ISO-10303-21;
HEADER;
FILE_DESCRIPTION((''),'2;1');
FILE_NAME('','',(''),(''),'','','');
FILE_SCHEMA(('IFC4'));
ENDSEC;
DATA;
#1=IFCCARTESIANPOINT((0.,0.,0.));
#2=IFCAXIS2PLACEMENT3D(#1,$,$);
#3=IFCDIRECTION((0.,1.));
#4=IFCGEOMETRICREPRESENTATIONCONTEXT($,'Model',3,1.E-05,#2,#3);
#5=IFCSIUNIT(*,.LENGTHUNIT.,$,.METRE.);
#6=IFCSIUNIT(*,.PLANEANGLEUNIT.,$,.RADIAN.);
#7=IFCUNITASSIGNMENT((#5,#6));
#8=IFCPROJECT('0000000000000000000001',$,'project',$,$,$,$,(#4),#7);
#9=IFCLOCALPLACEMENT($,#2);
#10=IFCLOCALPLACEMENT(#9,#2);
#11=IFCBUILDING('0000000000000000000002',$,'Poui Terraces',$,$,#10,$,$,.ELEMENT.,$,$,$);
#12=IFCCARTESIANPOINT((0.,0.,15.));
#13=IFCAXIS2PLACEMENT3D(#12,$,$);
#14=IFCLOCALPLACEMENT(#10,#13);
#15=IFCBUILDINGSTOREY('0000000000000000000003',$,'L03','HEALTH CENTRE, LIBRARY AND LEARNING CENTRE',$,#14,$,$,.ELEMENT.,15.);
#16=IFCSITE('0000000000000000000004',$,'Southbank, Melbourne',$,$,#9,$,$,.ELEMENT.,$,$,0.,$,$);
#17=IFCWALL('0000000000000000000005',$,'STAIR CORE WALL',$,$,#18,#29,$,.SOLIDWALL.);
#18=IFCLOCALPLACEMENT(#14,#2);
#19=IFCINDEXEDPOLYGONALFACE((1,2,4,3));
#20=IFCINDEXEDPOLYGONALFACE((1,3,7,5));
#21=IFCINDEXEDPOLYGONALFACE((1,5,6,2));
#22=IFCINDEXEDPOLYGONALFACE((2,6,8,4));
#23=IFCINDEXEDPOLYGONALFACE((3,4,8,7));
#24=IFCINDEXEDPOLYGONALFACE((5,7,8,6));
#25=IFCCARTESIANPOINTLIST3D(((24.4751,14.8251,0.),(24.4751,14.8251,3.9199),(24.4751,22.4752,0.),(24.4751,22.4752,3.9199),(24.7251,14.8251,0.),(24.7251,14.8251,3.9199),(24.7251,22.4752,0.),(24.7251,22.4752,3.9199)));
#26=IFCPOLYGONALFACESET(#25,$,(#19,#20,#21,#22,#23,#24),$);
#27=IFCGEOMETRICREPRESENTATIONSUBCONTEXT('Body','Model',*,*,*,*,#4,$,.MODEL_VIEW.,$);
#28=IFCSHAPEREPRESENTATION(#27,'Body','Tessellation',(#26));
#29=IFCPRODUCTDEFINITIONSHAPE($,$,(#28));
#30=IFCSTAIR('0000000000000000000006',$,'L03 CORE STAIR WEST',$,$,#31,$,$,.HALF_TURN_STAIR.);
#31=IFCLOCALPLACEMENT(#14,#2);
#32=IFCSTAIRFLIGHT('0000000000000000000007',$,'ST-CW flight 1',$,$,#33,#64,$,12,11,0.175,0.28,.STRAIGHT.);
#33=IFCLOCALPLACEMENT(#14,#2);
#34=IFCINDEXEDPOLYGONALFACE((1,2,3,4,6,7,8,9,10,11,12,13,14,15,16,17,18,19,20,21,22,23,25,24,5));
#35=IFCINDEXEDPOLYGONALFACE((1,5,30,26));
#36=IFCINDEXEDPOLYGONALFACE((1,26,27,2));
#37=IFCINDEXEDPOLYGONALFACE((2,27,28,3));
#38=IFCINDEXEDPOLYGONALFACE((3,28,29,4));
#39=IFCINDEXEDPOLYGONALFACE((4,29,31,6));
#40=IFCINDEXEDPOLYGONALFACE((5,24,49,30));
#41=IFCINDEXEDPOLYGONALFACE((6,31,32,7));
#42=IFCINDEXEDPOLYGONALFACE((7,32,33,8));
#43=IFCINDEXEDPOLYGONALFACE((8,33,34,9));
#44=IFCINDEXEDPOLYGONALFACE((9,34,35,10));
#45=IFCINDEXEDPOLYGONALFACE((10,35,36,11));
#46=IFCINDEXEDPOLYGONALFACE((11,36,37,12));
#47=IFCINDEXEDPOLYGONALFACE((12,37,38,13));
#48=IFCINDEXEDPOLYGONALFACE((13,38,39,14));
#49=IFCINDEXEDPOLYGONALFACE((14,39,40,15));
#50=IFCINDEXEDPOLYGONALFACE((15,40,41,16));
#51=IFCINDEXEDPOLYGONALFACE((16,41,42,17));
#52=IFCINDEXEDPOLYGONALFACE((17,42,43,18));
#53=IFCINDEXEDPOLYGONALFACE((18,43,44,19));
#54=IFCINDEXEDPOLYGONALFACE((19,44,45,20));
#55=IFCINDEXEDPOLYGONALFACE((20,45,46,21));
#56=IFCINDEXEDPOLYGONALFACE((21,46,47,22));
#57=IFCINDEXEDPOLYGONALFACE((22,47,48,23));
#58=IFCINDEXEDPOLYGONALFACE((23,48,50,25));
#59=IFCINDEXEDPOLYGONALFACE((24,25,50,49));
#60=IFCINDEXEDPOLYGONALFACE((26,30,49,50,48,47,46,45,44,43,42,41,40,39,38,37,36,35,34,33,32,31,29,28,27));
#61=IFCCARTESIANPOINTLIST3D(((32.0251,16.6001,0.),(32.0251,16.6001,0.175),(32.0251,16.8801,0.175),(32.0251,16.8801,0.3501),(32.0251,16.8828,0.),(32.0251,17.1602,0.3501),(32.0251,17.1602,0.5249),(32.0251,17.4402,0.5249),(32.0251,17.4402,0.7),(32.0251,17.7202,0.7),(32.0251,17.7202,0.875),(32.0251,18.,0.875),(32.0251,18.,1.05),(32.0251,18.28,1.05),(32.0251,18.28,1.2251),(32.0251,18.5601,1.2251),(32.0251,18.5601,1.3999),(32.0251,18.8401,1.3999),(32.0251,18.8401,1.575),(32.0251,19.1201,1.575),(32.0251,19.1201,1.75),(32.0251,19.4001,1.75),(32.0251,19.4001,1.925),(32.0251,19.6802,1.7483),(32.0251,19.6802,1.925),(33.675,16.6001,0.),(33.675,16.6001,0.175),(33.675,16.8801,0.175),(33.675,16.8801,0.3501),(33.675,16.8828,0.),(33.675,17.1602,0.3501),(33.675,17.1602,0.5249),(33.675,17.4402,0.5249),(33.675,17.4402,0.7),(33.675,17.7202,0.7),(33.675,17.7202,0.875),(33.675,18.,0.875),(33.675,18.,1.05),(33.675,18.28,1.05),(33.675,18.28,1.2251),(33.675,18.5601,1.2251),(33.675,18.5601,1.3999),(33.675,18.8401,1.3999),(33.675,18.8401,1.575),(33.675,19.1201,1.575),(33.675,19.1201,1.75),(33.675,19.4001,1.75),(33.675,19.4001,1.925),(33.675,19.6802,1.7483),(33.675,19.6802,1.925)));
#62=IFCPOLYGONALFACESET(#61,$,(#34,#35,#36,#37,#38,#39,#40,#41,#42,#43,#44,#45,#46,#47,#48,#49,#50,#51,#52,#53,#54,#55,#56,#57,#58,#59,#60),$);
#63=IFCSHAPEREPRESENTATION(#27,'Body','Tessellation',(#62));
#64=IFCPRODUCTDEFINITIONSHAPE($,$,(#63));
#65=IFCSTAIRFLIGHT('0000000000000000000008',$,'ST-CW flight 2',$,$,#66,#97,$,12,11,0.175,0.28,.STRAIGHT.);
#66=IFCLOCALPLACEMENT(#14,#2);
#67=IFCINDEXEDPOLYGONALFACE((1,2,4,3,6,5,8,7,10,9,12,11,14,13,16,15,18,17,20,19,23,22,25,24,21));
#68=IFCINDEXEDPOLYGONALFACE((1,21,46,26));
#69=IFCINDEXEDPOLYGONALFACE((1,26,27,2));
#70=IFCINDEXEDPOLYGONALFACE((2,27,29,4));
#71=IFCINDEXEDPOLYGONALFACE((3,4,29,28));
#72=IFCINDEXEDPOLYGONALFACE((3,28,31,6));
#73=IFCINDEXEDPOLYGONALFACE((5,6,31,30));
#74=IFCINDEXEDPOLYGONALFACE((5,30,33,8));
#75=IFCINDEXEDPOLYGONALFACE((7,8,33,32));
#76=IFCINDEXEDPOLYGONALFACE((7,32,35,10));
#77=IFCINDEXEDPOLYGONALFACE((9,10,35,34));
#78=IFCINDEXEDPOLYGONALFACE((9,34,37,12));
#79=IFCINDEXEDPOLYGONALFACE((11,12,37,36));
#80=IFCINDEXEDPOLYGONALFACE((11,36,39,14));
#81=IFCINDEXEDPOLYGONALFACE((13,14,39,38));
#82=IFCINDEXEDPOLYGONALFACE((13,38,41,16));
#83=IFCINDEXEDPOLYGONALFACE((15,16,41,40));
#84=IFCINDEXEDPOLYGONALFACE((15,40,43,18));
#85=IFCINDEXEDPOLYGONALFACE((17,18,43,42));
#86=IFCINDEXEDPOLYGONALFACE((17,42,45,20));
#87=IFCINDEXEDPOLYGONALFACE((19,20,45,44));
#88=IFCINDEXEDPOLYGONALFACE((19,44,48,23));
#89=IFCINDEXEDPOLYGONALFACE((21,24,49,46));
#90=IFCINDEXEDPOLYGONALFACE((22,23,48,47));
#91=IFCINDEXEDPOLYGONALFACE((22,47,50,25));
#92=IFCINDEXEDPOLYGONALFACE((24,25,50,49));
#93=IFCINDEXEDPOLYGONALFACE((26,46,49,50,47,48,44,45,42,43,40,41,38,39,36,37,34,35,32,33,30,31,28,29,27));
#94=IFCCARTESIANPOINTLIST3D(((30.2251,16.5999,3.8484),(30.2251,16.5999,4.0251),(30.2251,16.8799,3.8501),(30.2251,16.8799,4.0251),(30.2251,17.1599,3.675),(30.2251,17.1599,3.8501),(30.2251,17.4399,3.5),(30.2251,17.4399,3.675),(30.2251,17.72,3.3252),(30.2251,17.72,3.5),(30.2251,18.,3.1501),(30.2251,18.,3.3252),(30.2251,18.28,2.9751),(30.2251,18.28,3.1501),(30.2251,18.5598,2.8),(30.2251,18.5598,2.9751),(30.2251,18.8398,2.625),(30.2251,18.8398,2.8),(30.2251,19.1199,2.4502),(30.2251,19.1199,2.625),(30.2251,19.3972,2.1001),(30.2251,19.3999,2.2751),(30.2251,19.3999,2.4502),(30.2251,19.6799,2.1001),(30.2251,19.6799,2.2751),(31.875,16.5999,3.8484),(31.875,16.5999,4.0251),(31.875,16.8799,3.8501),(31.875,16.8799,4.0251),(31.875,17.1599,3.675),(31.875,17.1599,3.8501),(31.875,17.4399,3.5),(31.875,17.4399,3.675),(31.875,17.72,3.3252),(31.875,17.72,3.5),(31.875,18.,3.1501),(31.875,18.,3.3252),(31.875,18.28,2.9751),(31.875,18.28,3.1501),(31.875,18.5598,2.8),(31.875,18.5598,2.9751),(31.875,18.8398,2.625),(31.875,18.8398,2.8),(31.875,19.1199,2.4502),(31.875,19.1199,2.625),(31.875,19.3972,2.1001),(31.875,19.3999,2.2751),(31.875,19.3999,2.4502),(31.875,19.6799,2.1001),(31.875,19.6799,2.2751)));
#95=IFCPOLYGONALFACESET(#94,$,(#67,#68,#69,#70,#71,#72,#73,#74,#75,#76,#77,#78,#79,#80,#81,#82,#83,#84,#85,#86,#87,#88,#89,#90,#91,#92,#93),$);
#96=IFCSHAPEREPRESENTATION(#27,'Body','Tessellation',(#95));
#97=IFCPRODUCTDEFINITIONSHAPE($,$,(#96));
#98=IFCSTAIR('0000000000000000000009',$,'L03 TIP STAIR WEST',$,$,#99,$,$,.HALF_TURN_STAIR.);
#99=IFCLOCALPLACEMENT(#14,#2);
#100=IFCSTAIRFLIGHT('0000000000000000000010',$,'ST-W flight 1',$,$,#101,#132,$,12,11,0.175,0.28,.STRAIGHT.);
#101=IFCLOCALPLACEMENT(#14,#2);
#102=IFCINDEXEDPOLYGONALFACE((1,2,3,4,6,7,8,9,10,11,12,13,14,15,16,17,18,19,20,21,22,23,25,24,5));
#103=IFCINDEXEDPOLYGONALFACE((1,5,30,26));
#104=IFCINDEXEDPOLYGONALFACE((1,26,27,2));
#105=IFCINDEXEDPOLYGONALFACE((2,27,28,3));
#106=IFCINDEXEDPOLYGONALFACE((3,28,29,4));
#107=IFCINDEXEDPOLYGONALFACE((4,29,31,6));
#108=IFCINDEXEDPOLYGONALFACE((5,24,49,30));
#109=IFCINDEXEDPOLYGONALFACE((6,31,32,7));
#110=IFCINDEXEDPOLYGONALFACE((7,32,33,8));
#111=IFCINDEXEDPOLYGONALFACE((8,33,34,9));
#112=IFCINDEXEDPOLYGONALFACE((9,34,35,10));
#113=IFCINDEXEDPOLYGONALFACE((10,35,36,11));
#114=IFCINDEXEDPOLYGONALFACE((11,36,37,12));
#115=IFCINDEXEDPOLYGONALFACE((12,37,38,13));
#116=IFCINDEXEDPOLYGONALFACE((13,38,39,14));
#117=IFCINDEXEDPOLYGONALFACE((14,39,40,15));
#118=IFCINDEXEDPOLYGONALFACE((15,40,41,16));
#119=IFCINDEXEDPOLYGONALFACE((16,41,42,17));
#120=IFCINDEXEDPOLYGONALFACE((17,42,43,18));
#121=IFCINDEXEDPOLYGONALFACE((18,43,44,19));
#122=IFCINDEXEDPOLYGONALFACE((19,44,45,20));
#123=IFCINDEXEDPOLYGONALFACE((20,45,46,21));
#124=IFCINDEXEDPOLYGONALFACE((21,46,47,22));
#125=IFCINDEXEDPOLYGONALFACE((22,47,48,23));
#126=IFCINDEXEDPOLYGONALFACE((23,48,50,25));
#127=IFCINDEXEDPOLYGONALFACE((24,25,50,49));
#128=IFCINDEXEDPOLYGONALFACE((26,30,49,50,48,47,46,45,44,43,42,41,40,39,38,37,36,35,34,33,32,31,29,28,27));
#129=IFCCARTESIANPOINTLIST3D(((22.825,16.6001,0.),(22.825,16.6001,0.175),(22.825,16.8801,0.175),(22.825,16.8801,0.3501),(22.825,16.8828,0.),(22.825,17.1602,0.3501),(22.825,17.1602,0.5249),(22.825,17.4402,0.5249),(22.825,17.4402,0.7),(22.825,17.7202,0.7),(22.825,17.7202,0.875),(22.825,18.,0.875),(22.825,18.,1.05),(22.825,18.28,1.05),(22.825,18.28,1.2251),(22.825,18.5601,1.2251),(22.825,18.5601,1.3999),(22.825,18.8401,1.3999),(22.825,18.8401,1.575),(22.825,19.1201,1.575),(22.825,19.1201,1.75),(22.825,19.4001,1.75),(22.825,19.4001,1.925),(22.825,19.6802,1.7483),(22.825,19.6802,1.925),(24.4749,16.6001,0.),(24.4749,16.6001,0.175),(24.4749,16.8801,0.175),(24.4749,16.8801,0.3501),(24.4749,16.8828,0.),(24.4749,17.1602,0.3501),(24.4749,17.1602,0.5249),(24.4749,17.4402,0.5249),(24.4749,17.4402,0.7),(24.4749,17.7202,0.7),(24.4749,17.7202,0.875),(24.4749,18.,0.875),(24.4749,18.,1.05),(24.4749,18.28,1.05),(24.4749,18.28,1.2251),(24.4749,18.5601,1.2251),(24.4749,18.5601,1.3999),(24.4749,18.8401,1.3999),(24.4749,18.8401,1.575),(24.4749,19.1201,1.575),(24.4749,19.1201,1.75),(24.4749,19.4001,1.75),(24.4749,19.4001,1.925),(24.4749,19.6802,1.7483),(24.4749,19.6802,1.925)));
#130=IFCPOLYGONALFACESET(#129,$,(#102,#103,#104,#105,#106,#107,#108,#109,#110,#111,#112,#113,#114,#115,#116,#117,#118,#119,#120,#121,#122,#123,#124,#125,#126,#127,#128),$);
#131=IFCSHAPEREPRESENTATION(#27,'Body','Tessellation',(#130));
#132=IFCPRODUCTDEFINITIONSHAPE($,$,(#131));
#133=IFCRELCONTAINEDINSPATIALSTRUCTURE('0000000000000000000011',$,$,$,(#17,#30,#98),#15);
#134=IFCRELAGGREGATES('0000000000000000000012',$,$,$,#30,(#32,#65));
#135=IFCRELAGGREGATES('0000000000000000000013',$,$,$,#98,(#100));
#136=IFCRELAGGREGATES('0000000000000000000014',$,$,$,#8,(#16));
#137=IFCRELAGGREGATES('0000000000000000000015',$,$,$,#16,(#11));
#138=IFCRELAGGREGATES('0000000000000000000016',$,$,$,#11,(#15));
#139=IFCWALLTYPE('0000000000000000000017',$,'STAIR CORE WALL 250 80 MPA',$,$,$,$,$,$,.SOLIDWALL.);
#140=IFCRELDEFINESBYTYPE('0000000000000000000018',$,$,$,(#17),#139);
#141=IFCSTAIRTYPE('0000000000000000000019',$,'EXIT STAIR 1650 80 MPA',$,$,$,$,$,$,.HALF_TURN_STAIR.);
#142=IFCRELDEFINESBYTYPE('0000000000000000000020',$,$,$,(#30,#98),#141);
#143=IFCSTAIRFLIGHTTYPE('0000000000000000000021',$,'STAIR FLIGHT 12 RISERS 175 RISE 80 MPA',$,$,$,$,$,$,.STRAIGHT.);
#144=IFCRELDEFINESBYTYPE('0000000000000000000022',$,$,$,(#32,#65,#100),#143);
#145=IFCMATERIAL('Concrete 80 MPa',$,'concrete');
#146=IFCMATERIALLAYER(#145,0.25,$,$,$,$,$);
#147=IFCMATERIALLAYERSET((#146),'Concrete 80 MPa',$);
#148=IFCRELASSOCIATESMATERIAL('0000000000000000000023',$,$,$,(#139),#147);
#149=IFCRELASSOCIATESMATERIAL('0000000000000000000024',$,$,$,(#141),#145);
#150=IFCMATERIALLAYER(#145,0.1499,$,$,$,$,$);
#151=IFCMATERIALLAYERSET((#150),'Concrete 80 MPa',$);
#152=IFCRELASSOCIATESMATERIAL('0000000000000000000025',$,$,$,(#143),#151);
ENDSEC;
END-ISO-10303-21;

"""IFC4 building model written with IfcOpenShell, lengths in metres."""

from ifc_helpers import new_model, si_unit, direction, frame, frame_2d, origin, place, context, subcontext, project, spatial, polyline, rectangle, outline, extrude, material, layer, layer_set, type_object, element, aggregate, save


model = new_model("IFC4")

# Units and contexts
model_context = context("Model", 3, precision=1e-05, world=origin(), true_north=direction((0.0, 1.0)))
body_context = subcontext(model_context, "Body", "Model", "MODEL_VIEW")
ifc_project = project(units=[si_unit("LENGTHUNIT", "METRE"), si_unit("PLANEANGLEUNIT", "RADIAN")], contexts=[model_context])

# Site, building, storey
site_placement = place(None, origin())
site = spatial("IfcSite", under=ifc_project, at=site_placement, Name="Southbank, Melbourne", CompositionType="ELEMENT", RefElevation=0.0)
building_placement = place(site_placement, origin())
building = spatial("IfcBuilding", under=site, at=building_placement, Name="Poui Terraces", CompositionType="ELEMENT")
storey_placement = place(building_placement, frame((0.0, 0.0, 15.0)))
storey = spatial("IfcBuildingStorey", under=building, at=storey_placement, Name="L03", Description="HEALTH CENTRE, LIBRARY AND LEARNING CENTRE", CompositionType="ELEMENT", Elevation=15.0)

# Shared definitions
ifc_material_1 = material(Name="Concrete 80 MPa", Category="concrete")

# Wall
ifc_layer_1 = layer(ifc_material_1, 0.25)
ifc_layer_set_1 = layer_set([ifc_layer_1], Name="Concrete 80 MPa")
wall_type_1 = type_object("IfcWallType", Name="STAIR CORE WALL 250 80 MPA", PredefinedType="SOLIDWALL", material=ifc_layer_set_1)
wall_1_placement = place(storey_placement, frame((24.6001, 14.825, 0.0), z_axis=(0.0, 0.0, 1.0), x_axis=(0.0, 1.0, 0.0)))
element("IfcWall", 1, at=wall_1_placement, inside=storey, type_object=wall_type_1, Name="STAIR CORE WALL", PredefinedType="SOLIDWALL", context=body_context, shape_type="SweptSolid", body=[
    extrude(rectangle(XDim=7.6501, YDim=0.25, at=frame_2d((3.8252, 0.0))), origin(), (0.0, 0.0, 1.0), 3.9199),
])

# Stair, stair flights
stair_type = type_object("IfcStairType", Name="EXIT STAIR 1650 80 MPA", PredefinedType="HALF_TURN_STAIR", material=ifc_material_1)
stair_1_placement = place(storey_placement, origin())
stair_1 = element("IfcStair", 2, at=stair_1_placement, inside=storey, type_object=stair_type, Name="L03 CORE STAIR WEST", PredefinedType="HALF_TURN_STAIR")
ifc_layer_2 = layer(ifc_material_1, 0.1499)
ifc_layer_set_2 = layer_set([ifc_layer_2], Name="Concrete 80 MPa")
stair_flight_type = type_object("IfcStairFlightType", Name="STAIR FLIGHT 12 RISERS 175 RISE 80 MPA", PredefinedType="STRAIGHT", material=ifc_layer_set_2)
stair_flight_1_placement = place(storey_placement, frame((32.8501, 16.6001, 0.0), z_axis=(0.0, 0.0, 1.0), x_axis=(0.0, 1.0, 0.0)))
stair_flight_1 = element("IfcStairFlight", 3, at=stair_flight_1_placement, type_object=stair_flight_type, Name="ST-CW flight 1", NumberOfRisers=12, NumberOfTreads=11, PredefinedType="STRAIGHT", RiserHeight=0.175, TreadLength=0.28, context=body_context, shape_type="SweptSolid", body=[
    extrude(outline(polyline([(0.0, 0.0), (0.0, 0.175), (0.28, 0.175), (0.28, 0.3501), (0.5601, 0.3501), (0.5601, 0.5249), (0.8401, 0.5249), (0.8401, 0.7), (1.1201, 0.7), (1.1201, 0.875), (1.3999, 0.875), (1.3999, 1.05), (1.6799, 1.05), (1.6799, 1.2251), (1.96, 1.2251), (1.96, 1.3999), (2.24, 1.3999), (2.24, 1.575), (2.52, 1.575), (2.52, 1.75), (2.8, 1.75), (2.8, 1.925), (3.0801, 1.925), (3.0801, 2.1001), (3.0801, 1.7483), (0.2827, 0.0), (0.0, 0.0)])), frame((0.0, 0.825, 0.0), z_axis=(0.0, -1.0, 0.0), x_axis=(1.0, 0.0, 0.0)), (0.0, 0.0, 1.0), 1.6499),
])
stair_flight_2_placement = place(storey_placement, frame((31.05, 19.6799, 2.1001), z_axis=(0.0, 0.0, 1.0), x_axis=(0.0, -1.0, 0.0)))
stair_flight_2 = element("IfcStairFlight", 4, at=stair_flight_2_placement, type_object=stair_flight_type, Name="ST-CW flight 2", NumberOfRisers=12, NumberOfTreads=11, PredefinedType="STRAIGHT", RiserHeight=0.175, TreadLength=0.28, context=body_context, shape_type="SweptSolid", body=[
    extrude(outline(polyline([(0.0, 0.0), (0.0, 0.175), (0.28, 0.175), (0.28, 0.3501), (0.5601, 0.3501), (0.5601, 0.5249), (0.8401, 0.5249), (0.8401, 0.7), (1.1201, 0.7), (1.1201, 0.875), (1.3999, 0.875), (1.3999, 1.05), (1.6799, 1.05), (1.6799, 1.2251), (1.96, 1.2251), (1.96, 1.3999), (2.24, 1.3999), (2.24, 1.575), (2.52, 1.575), (2.52, 1.75), (2.8, 1.75), (2.8, 1.925), (3.0801, 1.925), (3.0801, 2.1001), (3.0801, 1.7483), (0.2827, 0.0), (0.0, 0.0)])), frame((0.0, 0.825, 0.0), z_axis=(0.0, -1.0, 0.0), x_axis=(1.0, 0.0, 0.0)), (0.0, 0.0, 1.0), 1.6499),
])
aggregate(stair_1, [stair_flight_1, stair_flight_2])

# Stair, stair flight
stair_2_placement = place(storey_placement, origin())
stair_2 = element("IfcStair", 5, at=stair_2_placement, inside=storey, type_object=stair_type, Name="L03 TIP STAIR WEST", PredefinedType="HALF_TURN_STAIR")
stair_flight_3_placement = place(storey_placement, frame((23.6499, 16.6001, 0.0), z_axis=(0.0, 0.0, 1.0), x_axis=(0.0, 1.0, 0.0)))
stair_flight_3 = element("IfcStairFlight", 6, at=stair_flight_3_placement, type_object=stair_flight_type, Name="ST-W flight 1", NumberOfRisers=12, NumberOfTreads=11, PredefinedType="STRAIGHT", RiserHeight=0.175, TreadLength=0.28, context=body_context, shape_type="SweptSolid", body=[
    extrude(outline(polyline([(0.0, 0.0), (0.0, 0.175), (0.28, 0.175), (0.28, 0.3501), (0.5601, 0.3501), (0.5601, 0.5249), (0.8401, 0.5249), (0.8401, 0.7), (1.1201, 0.7), (1.1201, 0.875), (1.3999, 0.875), (1.3999, 1.05), (1.6799, 1.05), (1.6799, 1.2251), (1.96, 1.2251), (1.96, 1.3999), (2.24, 1.3999), (2.24, 1.575), (2.52, 1.575), (2.52, 1.75), (2.8, 1.75), (2.8, 1.925), (3.0801, 1.925), (3.0801, 2.1001), (3.0801, 1.7483), (0.2827, 0.0), (0.0, 0.0)])), frame((0.0, 0.825, 0.0), z_axis=(0.0, -1.0, 0.0), x_axis=(1.0, 0.0, 0.0)), (0.0, 0.0, 1.0), 1.6499),
])
aggregate(stair_2, [stair_flight_3])

save(model, "model.ifc")
